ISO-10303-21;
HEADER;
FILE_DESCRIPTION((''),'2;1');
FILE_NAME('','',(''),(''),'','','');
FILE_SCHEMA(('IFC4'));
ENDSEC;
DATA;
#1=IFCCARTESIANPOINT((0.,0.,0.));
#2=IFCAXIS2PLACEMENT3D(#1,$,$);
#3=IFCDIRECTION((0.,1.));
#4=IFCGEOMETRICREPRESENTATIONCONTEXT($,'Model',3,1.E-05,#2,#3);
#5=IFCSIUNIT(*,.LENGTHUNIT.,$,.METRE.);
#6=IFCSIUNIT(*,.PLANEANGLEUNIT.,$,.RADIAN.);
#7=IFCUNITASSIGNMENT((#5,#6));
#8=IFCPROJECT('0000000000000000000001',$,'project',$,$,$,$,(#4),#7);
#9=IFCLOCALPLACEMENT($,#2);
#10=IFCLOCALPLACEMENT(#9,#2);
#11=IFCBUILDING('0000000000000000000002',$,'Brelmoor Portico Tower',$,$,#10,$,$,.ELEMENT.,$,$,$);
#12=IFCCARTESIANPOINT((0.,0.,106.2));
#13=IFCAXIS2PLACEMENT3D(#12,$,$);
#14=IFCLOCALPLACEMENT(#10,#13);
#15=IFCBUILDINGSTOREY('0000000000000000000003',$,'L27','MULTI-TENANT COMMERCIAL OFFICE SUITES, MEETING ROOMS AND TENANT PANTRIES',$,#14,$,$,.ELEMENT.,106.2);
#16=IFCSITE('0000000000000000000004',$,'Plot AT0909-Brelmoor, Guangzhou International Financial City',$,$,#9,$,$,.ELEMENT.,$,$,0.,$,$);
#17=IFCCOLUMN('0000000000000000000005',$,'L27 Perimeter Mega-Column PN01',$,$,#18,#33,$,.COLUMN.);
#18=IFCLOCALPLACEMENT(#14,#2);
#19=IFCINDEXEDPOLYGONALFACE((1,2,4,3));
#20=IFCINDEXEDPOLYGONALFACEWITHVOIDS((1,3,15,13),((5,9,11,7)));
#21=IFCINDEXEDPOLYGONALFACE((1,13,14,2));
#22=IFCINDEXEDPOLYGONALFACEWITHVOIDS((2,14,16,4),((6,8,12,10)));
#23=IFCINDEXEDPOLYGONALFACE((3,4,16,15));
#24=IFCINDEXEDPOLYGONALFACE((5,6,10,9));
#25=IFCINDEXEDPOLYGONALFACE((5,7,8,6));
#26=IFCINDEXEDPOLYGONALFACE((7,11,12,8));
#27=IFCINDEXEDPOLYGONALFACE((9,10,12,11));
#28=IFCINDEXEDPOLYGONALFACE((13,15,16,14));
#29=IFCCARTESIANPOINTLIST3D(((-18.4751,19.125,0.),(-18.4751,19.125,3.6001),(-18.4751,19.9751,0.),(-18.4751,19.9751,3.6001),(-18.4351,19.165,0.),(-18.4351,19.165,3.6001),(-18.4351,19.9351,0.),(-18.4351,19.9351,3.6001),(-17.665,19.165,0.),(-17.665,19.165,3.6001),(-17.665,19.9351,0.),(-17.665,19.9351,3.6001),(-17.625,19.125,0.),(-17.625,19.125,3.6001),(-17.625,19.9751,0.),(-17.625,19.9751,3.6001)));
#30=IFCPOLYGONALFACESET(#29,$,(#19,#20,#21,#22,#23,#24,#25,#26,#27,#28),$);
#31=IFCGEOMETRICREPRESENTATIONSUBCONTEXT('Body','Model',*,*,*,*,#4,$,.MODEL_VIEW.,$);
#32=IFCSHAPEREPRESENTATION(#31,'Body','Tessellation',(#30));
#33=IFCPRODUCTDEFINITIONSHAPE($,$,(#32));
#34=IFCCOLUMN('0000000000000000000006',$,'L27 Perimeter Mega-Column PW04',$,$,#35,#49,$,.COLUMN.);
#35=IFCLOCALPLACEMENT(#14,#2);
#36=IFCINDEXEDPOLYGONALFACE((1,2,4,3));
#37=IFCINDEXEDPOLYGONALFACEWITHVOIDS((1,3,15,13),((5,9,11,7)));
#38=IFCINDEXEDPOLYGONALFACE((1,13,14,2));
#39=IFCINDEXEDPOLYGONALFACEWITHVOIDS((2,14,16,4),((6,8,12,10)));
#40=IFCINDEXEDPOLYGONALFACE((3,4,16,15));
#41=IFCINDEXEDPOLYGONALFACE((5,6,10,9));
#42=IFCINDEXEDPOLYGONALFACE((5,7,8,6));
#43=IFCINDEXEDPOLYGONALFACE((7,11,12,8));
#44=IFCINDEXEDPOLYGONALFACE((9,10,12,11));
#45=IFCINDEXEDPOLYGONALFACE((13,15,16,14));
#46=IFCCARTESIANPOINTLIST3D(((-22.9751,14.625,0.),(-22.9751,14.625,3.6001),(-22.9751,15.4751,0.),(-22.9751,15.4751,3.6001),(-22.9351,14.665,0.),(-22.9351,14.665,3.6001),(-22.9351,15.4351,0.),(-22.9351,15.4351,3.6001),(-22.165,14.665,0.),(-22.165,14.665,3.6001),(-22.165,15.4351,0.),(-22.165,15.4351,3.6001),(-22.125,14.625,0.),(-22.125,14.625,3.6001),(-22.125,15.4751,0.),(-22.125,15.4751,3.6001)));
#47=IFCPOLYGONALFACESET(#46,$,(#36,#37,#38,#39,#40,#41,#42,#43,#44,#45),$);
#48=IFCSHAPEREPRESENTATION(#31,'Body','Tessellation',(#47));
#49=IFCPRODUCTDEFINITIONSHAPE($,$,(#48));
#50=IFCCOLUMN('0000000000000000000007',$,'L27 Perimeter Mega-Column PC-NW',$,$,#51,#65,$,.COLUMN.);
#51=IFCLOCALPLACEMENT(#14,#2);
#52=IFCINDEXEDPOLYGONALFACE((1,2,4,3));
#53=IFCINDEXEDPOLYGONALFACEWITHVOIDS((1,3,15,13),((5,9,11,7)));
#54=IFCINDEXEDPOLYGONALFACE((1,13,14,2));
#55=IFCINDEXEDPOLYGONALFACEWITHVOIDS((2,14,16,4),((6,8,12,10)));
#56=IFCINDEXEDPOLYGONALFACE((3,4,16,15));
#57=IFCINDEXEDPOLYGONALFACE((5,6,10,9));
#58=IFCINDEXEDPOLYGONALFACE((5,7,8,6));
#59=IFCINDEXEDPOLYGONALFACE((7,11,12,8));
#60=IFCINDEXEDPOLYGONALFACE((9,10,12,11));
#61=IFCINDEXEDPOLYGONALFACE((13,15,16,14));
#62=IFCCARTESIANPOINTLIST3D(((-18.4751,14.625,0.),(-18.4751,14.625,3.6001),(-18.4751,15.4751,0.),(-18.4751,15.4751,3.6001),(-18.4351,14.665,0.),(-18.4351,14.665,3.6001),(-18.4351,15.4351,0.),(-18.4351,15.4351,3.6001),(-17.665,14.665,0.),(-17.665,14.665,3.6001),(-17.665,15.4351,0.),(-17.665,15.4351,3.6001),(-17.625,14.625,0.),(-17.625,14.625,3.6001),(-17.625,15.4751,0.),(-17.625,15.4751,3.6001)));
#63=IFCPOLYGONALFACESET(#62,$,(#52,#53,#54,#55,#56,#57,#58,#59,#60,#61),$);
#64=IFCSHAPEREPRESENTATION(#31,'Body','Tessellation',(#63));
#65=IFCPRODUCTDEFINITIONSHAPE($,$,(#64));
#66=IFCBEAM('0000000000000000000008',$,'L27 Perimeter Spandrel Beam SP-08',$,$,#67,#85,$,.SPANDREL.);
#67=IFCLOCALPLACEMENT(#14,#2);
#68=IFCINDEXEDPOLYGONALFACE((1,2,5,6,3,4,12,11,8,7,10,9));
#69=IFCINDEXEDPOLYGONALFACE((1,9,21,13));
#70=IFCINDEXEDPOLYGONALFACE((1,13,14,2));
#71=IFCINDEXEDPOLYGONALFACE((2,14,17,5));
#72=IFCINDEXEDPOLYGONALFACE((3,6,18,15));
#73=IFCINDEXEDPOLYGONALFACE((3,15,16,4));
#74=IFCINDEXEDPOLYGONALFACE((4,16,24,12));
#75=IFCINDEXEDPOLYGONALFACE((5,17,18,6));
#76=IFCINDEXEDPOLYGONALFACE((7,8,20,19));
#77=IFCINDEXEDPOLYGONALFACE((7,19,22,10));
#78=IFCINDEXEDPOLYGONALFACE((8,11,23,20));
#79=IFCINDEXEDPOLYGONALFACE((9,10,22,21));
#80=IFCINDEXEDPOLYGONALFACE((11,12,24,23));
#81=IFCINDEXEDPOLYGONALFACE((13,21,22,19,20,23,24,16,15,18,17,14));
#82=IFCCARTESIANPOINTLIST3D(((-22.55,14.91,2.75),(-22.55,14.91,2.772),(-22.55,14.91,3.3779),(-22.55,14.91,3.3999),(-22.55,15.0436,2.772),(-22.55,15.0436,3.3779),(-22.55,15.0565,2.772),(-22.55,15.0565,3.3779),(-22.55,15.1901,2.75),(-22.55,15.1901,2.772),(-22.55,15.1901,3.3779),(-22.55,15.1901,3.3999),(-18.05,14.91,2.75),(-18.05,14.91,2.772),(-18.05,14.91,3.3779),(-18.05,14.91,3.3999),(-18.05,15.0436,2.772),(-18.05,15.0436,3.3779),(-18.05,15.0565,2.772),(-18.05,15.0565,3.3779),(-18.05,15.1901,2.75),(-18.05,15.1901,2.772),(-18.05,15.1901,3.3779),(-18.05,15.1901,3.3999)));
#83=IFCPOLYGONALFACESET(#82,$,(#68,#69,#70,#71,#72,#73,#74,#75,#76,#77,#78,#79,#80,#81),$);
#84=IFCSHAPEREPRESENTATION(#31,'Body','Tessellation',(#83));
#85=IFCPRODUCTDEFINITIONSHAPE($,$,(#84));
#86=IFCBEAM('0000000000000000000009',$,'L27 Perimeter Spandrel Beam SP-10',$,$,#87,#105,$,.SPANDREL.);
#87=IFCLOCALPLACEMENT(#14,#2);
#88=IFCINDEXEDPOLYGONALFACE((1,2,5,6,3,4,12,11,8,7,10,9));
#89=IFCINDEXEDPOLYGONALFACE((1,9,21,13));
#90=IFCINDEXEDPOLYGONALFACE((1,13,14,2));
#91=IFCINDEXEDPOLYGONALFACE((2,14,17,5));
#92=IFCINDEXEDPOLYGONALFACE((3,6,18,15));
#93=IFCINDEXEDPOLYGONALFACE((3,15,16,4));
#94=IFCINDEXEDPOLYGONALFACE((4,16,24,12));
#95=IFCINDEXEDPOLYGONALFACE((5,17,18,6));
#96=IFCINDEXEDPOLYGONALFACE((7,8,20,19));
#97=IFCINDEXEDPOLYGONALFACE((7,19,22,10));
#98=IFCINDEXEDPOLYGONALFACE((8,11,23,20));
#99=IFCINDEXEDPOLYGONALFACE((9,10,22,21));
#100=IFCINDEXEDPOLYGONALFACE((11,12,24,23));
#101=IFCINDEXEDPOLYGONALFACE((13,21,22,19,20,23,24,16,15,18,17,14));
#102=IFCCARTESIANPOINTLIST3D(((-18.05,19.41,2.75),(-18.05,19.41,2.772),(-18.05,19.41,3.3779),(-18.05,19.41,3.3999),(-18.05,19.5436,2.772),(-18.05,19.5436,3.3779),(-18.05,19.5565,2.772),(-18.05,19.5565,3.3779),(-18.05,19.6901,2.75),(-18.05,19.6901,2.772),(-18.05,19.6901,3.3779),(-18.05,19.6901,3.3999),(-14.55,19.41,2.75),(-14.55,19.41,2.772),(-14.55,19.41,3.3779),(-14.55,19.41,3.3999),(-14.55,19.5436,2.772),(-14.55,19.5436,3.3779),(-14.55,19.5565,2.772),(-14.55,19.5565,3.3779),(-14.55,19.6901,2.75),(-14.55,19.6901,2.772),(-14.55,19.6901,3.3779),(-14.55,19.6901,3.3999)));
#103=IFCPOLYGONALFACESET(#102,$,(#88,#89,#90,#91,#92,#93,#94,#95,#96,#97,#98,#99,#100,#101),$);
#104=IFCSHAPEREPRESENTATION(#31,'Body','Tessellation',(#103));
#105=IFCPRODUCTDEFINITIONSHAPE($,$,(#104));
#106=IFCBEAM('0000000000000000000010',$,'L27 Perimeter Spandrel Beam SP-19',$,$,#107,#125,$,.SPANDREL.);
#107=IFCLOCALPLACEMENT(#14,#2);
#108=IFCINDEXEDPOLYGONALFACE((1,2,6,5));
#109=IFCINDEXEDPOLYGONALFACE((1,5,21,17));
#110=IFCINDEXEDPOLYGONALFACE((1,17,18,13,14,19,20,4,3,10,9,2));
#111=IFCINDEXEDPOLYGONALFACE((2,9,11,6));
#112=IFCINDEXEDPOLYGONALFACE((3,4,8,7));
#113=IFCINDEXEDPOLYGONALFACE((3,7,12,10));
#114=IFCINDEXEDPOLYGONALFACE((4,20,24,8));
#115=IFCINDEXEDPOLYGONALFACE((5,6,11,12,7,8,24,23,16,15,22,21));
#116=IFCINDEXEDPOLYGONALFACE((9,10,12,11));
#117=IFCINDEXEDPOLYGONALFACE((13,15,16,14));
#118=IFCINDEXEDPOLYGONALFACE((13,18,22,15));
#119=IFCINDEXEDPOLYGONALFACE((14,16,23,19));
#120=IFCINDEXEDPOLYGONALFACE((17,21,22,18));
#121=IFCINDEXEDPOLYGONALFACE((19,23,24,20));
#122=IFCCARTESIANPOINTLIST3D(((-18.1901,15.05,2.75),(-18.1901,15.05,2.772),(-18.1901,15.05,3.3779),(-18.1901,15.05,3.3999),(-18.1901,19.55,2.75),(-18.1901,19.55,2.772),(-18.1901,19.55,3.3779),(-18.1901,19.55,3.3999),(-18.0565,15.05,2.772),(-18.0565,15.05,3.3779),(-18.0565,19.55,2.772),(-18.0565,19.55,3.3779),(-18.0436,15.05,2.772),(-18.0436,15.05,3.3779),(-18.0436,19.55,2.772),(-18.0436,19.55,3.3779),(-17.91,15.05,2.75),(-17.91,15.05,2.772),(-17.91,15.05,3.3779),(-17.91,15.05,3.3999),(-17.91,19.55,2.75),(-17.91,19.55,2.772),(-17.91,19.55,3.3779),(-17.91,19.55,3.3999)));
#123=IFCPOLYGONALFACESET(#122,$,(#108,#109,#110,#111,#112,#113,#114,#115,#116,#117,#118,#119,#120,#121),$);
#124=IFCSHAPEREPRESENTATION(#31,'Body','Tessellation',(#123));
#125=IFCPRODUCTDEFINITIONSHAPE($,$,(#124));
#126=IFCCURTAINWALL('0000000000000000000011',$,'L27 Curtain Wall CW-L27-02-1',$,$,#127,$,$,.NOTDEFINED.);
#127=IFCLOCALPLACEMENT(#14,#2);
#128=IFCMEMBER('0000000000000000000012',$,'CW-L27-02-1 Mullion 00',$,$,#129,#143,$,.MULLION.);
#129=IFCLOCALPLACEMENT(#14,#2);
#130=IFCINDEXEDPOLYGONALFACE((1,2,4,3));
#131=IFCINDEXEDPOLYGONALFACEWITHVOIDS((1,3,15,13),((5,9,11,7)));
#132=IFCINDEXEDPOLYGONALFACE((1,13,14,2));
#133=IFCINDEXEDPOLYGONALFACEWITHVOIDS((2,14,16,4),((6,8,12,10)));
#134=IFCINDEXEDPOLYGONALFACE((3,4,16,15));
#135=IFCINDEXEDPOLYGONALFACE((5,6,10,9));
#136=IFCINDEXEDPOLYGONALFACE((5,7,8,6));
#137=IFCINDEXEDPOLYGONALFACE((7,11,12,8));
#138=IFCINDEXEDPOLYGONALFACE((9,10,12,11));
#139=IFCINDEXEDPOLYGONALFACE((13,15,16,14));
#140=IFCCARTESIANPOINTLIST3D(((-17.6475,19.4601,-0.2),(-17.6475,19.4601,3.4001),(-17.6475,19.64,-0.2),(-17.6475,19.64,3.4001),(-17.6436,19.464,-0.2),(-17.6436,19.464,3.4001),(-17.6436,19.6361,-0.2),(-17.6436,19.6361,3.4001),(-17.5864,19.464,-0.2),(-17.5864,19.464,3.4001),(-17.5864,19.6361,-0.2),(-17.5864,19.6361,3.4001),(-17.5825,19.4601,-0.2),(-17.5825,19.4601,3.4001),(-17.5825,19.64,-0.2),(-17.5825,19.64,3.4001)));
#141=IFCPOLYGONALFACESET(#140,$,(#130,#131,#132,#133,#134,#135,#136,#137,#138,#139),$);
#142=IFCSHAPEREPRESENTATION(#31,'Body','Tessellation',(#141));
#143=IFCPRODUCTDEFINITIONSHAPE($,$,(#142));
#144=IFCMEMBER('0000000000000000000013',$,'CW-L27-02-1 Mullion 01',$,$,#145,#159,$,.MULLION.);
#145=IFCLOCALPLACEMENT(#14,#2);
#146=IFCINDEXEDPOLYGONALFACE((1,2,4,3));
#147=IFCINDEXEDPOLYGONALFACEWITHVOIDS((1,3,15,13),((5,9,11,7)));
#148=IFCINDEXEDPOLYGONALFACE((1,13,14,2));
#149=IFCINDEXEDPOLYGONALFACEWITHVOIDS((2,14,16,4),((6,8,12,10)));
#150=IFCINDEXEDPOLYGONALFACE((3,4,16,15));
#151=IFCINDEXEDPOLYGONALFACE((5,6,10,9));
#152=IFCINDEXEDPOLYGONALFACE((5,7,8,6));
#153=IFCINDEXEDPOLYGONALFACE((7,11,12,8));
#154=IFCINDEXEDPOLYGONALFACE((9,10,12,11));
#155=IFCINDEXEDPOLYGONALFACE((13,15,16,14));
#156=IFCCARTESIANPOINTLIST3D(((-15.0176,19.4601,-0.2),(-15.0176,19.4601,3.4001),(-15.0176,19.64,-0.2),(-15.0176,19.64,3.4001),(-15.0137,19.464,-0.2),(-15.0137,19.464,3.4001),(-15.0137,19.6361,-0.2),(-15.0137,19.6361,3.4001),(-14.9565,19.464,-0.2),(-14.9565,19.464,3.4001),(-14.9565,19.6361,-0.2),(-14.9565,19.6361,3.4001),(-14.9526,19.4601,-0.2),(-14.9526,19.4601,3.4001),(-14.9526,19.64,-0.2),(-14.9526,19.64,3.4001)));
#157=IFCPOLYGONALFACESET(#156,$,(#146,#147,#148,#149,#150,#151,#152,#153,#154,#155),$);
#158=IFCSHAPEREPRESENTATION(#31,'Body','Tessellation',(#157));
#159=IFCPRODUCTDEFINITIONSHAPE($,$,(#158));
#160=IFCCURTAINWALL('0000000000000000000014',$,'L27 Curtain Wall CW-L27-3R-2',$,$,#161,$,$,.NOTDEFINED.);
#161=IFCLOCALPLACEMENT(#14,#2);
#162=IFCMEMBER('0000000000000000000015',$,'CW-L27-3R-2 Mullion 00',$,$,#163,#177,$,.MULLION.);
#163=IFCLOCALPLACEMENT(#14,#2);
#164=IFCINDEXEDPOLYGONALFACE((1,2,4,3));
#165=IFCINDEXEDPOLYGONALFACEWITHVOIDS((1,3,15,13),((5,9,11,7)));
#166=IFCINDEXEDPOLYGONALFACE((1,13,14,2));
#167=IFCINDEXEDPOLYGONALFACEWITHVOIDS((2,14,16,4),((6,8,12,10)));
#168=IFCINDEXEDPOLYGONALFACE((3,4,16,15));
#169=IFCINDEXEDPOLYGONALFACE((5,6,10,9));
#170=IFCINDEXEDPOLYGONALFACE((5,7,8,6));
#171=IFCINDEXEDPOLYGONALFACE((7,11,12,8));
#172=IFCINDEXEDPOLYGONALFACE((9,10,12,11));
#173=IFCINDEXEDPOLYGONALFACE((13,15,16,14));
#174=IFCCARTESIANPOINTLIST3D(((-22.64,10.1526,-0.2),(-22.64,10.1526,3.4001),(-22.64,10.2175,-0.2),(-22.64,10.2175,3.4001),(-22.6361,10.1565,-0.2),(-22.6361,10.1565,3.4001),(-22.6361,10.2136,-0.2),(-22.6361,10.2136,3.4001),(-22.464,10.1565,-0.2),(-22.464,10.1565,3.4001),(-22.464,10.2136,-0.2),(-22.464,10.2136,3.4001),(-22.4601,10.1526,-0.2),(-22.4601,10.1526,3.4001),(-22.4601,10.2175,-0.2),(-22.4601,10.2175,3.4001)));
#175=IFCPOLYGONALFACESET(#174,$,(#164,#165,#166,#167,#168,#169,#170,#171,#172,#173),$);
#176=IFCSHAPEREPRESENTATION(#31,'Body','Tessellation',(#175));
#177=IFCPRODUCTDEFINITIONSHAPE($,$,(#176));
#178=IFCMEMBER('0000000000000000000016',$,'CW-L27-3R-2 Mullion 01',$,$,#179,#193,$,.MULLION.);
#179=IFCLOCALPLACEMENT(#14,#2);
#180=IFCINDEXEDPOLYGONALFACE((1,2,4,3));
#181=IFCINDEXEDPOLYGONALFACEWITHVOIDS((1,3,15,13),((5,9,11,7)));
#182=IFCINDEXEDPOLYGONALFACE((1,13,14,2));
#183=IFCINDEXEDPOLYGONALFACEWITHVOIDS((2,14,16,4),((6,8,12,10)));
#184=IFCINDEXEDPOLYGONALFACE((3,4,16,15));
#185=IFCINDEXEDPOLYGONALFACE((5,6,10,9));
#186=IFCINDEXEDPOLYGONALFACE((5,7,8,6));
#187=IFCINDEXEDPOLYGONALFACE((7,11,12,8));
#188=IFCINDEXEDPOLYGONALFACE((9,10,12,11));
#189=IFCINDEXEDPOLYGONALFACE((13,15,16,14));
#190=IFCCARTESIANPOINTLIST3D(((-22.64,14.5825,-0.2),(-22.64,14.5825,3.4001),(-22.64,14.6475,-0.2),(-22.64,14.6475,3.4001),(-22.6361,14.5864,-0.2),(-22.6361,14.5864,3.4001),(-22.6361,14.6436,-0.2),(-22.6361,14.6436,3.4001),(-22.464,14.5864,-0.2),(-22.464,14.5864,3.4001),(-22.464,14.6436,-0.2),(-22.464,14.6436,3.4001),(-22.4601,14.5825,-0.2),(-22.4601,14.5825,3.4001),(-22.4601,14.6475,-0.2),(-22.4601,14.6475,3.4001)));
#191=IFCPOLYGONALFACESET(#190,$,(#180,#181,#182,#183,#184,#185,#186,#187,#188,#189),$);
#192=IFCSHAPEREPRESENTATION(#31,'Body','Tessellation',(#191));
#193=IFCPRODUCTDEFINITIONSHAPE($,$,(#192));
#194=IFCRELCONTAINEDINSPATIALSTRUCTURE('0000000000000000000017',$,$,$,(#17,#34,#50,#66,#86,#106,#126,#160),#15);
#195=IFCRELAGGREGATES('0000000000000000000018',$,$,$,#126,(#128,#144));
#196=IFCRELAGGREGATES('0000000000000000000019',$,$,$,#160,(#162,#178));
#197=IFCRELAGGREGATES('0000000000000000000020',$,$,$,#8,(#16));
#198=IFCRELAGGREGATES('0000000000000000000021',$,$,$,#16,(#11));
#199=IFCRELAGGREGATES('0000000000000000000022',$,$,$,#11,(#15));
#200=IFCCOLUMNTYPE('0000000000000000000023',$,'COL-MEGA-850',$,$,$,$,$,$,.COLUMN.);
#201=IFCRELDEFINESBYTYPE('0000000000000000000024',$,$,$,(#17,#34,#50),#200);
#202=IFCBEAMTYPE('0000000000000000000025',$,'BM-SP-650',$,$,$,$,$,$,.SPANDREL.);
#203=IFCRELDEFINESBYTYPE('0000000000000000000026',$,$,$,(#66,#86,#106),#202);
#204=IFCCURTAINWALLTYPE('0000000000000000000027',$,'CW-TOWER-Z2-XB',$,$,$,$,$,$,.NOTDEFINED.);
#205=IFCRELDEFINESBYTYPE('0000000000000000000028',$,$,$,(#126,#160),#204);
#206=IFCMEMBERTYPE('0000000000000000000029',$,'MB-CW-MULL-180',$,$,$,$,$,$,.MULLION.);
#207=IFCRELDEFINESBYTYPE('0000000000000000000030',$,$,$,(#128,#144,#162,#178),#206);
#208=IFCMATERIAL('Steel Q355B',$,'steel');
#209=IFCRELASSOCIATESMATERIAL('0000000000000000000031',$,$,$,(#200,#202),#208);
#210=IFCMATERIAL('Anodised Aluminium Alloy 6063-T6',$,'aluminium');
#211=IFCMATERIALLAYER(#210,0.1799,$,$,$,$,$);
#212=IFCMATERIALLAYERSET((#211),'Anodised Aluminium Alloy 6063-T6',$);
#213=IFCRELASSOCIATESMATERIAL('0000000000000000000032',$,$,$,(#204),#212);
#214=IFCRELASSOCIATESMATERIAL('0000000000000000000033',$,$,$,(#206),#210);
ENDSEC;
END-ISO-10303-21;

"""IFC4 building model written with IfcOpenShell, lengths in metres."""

from ifc_helpers import new_model, si_unit, direction, frame, origin, origin_2d, place, context, subcontext, project, spatial, hollow_rectangle, i_section, extrude, material, layer, layer_set, material_profile, profile_set, type_object, element, aggregate, save


model = new_model("IFC4")

# Units and contexts
model_context = context("Model", 3, precision=1e-05, world=origin(), true_north=direction((0.0, 1.0)))
body_context = subcontext(model_context, "Body", "Model", "MODEL_VIEW")
ifc_project = project(units=[si_unit("LENGTHUNIT", "METRE"), si_unit("PLANEANGLEUNIT", "RADIAN")], contexts=[model_context])

# Site, building, storey
site_placement = place(None, origin())
site = spatial("IfcSite", under=ifc_project, at=site_placement, Name="Plot AT0909-Brelmoor, Guangzhou International Financial City", CompositionType="ELEMENT", RefElevation=0.0)
building_placement = place(site_placement, origin())
building = spatial("IfcBuilding", under=site, at=building_placement, Name="Brelmoor Portico Tower", CompositionType="ELEMENT")
storey_placement = place(building_placement, frame((0.0, 0.0, 106.2)))
storey = spatial("IfcBuildingStorey", under=building, at=storey_placement, Name="L27", Description="MULTI-TENANT COMMERCIAL OFFICE SUITES, MEETING ROOMS AND TENANT PANTRIES", CompositionType="ELEMENT", Elevation=106.2)

# Columns
ifc_material_1 = material(Name="Steel Q355B", Category="steel")
ifc_material_profile_1 = material_profile(ifc_material_1, hollow_rectangle(XDim=0.8501, YDim=0.8501, WallThickness=0.04, at=origin_2d()), Name="BOX 850x850x40")
ifc_profile_set_1 = profile_set([ifc_material_profile_1], Name="Steel Q355B")
column_type = type_object("IfcColumnType", Name="COL-MEGA-850", PredefinedType="COLUMN", material=ifc_profile_set_1)
for number, where, z_axis, x_axis, name in (
    (1, (-18.05, 19.55, 0.0), (0.0, 0.0, 1.0), (1.0, 0.0, 0.0), "L27 Perimeter Mega-Column PN01"),
    (2, (-22.55, 15.05, 0.0), (0.0, 0.0, 1.0), (0.0, 1.0, 0.0), "L27 Perimeter Mega-Column PW04"),
    (3, (-18.05, 15.05, 0.0), (0.0, 0.0, 1.0), (1.0, 0.0, 0.0), "L27 Perimeter Mega-Column PC-NW"),
):
    element("IfcColumn", number, at=place(storey_placement, frame(where, z_axis=z_axis, x_axis=x_axis)), inside=storey, type_object=column_type, Name=name, PredefinedType="COLUMN", context=body_context, shape_type="SweptSolid", body=[
        extrude(hollow_rectangle(XDim=0.8501, YDim=0.8501, WallThickness=0.04, at=origin_2d()), origin(), (0.0, 0.0, 1.0), 3.6001),
    ])

# Beams
ifc_material_profile_2 = material_profile(ifc_material_1, i_section(OverallWidth=0.28, OverallDepth=0.6499, WebThickness=0.0129, FlangeThickness=0.022, at=origin_2d()), Name="HN 650x280x13x22")
ifc_profile_set_2 = profile_set([ifc_material_profile_2], Name="Steel Q355B")
beam_type = type_object("IfcBeamType", Name="BM-SP-650", PredefinedType="SPANDREL", material=ifc_profile_set_2)
beam_1_placement = place(storey_placement, frame((-22.55, 15.05, 3.075), z_axis=(1.0, 0.0, 0.0), x_axis=(0.0, 1.0, 0.0)))
element("IfcBeam", 4, at=beam_1_placement, inside=storey, type_object=beam_type, Name="L27 Perimeter Spandrel Beam SP-08", PredefinedType="SPANDREL", context=body_context, shape_type="SweptSolid", body=[
    extrude(i_section(OverallWidth=0.28, OverallDepth=0.6499, WebThickness=0.0129, FlangeThickness=0.022, at=origin_2d()), origin(), (0.0, 0.0, 1.0), 4.5),
])
beam_2_placement = place(storey_placement, frame((-18.05, 19.55, 3.075), z_axis=(1.0, 0.0, 0.0), x_axis=(0.0, 1.0, 0.0)))
element("IfcBeam", 5, at=beam_2_placement, inside=storey, type_object=beam_type, Name="L27 Perimeter Spandrel Beam SP-10", PredefinedType="SPANDREL", context=body_context, shape_type="SweptSolid", body=[
    extrude(i_section(OverallWidth=0.28, OverallDepth=0.6499, WebThickness=0.0129, FlangeThickness=0.022, at=origin_2d()), origin(), (0.0, 0.0, 1.0), 3.5),
])
beam_3_placement = place(storey_placement, frame((-18.05, 15.05, 3.075), z_axis=(0.0, 1.0, 0.0), x_axis=(-1.0, 0.0, 0.0)))
element("IfcBeam", 6, at=beam_3_placement, inside=storey, type_object=beam_type, Name="L27 Perimeter Spandrel Beam SP-19", PredefinedType="SPANDREL", context=body_context, shape_type="SweptSolid", body=[
    extrude(i_section(OverallWidth=0.28, OverallDepth=0.6499, WebThickness=0.0129, FlangeThickness=0.022, at=origin_2d()), origin(), (0.0, 0.0, 1.0), 4.5),
])

# Curtain walls, members
ifc_material_2 = material(Name="Anodised Aluminium Alloy 6063-T6", Category="aluminium")
ifc_layer_1 = layer(ifc_material_2, 0.1799)
ifc_layer_set_1 = layer_set([ifc_layer_1], Name="Anodised Aluminium Alloy 6063-T6")
curtain_wall_type = type_object("IfcCurtainWallType", Name="CW-TOWER-Z2-XB", PredefinedType="NOTDEFINED", material=ifc_layer_set_1)
curtain_wall_1_placement = place(storey_placement, origin())
curtain_wall_1 = element("IfcCurtainWall", 7, at=curtain_wall_1_placement, inside=storey, type_object=curtain_wall_type, Name="L27 Curtain Wall CW-L27-02-1", PredefinedType="NOTDEFINED")
ifc_material_profile_3 = material_profile(ifc_material_2, hollow_rectangle(XDim=0.0649, YDim=0.1799, WallThickness=0.0039, at=origin_2d()), Name="ALU MULLION 65x180")
ifc_profile_set_3 = profile_set([ifc_material_profile_3], Name="Anodised Aluminium Alloy 6063-T6")
member_type_1 = type_object("IfcMemberType", Name="MB-CW-MULL-180", PredefinedType="MULLION", material=ifc_profile_set_3)
member_1_placement = place(storey_placement, frame((-17.615, 19.55, -0.2), z_axis=(0.0, 0.0, 1.0), x_axis=(1.0, 0.0, 0.0)))
member_1 = element("IfcMember", 8, at=member_1_placement, type_object=member_type_1, Name="CW-L27-02-1 Mullion 00", PredefinedType="MULLION", context=body_context, shape_type="SweptSolid", body=[
    extrude(hollow_rectangle(XDim=0.0649, YDim=0.1799, WallThickness=0.0039, at=origin_2d()), origin(), (0.0, 0.0, 1.0), 3.6001),
])
member_2_placement = place(storey_placement, frame((-14.9851, 19.55, -0.2), z_axis=(0.0, 0.0, 1.0), x_axis=(1.0, 0.0, 0.0)))
member_2 = element("IfcMember", 9, at=member_2_placement, type_object=member_type_1, Name="CW-L27-02-1 Mullion 01", PredefinedType="MULLION", context=body_context, shape_type="SweptSolid", body=[
    extrude(hollow_rectangle(XDim=0.0649, YDim=0.1799, WallThickness=0.0039, at=origin_2d()), origin(), (0.0, 0.0, 1.0), 3.6001),
])
curtain_wall_2_placement = place(storey_placement, origin())
curtain_wall_2 = element("IfcCurtainWall", 10, at=curtain_wall_2_placement, inside=storey, type_object=curtain_wall_type, Name="L27 Curtain Wall CW-L27-3R-2", PredefinedType="NOTDEFINED")
member_3_placement = place(storey_placement, frame((-22.55, 10.1851, -0.2), z_axis=(0.0, 0.0, 1.0), x_axis=(0.0, 1.0, 0.0)))
member_3 = element("IfcMember", 11, at=member_3_placement, type_object=member_type_1, Name="CW-L27-3R-2 Mullion 00", PredefinedType="MULLION", context=body_context, shape_type="SweptSolid", body=[
    extrude(hollow_rectangle(XDim=0.0649, YDim=0.1799, WallThickness=0.0039, at=origin_2d()), origin(), (0.0, 0.0, 1.0), 3.6001),
])
member_4_placement = place(storey_placement, frame((-22.55, 14.615, -0.2), z_axis=(0.0, 0.0, 1.0), x_axis=(0.0, 1.0, 0.0)))
member_4 = element("IfcMember", 12, at=member_4_placement, type_object=member_type_1, Name="CW-L27-3R-2 Mullion 01", PredefinedType="MULLION", context=body_context, shape_type="SweptSolid", body=[
    extrude(hollow_rectangle(XDim=0.0649, YDim=0.1799, WallThickness=0.0039, at=origin_2d()), origin(), (0.0, 0.0, 1.0), 3.6001),
])

aggregate(curtain_wall_1, [member_1, member_2])
aggregate(curtain_wall_2, [member_3, member_4])

save(model, "model.ifc")
